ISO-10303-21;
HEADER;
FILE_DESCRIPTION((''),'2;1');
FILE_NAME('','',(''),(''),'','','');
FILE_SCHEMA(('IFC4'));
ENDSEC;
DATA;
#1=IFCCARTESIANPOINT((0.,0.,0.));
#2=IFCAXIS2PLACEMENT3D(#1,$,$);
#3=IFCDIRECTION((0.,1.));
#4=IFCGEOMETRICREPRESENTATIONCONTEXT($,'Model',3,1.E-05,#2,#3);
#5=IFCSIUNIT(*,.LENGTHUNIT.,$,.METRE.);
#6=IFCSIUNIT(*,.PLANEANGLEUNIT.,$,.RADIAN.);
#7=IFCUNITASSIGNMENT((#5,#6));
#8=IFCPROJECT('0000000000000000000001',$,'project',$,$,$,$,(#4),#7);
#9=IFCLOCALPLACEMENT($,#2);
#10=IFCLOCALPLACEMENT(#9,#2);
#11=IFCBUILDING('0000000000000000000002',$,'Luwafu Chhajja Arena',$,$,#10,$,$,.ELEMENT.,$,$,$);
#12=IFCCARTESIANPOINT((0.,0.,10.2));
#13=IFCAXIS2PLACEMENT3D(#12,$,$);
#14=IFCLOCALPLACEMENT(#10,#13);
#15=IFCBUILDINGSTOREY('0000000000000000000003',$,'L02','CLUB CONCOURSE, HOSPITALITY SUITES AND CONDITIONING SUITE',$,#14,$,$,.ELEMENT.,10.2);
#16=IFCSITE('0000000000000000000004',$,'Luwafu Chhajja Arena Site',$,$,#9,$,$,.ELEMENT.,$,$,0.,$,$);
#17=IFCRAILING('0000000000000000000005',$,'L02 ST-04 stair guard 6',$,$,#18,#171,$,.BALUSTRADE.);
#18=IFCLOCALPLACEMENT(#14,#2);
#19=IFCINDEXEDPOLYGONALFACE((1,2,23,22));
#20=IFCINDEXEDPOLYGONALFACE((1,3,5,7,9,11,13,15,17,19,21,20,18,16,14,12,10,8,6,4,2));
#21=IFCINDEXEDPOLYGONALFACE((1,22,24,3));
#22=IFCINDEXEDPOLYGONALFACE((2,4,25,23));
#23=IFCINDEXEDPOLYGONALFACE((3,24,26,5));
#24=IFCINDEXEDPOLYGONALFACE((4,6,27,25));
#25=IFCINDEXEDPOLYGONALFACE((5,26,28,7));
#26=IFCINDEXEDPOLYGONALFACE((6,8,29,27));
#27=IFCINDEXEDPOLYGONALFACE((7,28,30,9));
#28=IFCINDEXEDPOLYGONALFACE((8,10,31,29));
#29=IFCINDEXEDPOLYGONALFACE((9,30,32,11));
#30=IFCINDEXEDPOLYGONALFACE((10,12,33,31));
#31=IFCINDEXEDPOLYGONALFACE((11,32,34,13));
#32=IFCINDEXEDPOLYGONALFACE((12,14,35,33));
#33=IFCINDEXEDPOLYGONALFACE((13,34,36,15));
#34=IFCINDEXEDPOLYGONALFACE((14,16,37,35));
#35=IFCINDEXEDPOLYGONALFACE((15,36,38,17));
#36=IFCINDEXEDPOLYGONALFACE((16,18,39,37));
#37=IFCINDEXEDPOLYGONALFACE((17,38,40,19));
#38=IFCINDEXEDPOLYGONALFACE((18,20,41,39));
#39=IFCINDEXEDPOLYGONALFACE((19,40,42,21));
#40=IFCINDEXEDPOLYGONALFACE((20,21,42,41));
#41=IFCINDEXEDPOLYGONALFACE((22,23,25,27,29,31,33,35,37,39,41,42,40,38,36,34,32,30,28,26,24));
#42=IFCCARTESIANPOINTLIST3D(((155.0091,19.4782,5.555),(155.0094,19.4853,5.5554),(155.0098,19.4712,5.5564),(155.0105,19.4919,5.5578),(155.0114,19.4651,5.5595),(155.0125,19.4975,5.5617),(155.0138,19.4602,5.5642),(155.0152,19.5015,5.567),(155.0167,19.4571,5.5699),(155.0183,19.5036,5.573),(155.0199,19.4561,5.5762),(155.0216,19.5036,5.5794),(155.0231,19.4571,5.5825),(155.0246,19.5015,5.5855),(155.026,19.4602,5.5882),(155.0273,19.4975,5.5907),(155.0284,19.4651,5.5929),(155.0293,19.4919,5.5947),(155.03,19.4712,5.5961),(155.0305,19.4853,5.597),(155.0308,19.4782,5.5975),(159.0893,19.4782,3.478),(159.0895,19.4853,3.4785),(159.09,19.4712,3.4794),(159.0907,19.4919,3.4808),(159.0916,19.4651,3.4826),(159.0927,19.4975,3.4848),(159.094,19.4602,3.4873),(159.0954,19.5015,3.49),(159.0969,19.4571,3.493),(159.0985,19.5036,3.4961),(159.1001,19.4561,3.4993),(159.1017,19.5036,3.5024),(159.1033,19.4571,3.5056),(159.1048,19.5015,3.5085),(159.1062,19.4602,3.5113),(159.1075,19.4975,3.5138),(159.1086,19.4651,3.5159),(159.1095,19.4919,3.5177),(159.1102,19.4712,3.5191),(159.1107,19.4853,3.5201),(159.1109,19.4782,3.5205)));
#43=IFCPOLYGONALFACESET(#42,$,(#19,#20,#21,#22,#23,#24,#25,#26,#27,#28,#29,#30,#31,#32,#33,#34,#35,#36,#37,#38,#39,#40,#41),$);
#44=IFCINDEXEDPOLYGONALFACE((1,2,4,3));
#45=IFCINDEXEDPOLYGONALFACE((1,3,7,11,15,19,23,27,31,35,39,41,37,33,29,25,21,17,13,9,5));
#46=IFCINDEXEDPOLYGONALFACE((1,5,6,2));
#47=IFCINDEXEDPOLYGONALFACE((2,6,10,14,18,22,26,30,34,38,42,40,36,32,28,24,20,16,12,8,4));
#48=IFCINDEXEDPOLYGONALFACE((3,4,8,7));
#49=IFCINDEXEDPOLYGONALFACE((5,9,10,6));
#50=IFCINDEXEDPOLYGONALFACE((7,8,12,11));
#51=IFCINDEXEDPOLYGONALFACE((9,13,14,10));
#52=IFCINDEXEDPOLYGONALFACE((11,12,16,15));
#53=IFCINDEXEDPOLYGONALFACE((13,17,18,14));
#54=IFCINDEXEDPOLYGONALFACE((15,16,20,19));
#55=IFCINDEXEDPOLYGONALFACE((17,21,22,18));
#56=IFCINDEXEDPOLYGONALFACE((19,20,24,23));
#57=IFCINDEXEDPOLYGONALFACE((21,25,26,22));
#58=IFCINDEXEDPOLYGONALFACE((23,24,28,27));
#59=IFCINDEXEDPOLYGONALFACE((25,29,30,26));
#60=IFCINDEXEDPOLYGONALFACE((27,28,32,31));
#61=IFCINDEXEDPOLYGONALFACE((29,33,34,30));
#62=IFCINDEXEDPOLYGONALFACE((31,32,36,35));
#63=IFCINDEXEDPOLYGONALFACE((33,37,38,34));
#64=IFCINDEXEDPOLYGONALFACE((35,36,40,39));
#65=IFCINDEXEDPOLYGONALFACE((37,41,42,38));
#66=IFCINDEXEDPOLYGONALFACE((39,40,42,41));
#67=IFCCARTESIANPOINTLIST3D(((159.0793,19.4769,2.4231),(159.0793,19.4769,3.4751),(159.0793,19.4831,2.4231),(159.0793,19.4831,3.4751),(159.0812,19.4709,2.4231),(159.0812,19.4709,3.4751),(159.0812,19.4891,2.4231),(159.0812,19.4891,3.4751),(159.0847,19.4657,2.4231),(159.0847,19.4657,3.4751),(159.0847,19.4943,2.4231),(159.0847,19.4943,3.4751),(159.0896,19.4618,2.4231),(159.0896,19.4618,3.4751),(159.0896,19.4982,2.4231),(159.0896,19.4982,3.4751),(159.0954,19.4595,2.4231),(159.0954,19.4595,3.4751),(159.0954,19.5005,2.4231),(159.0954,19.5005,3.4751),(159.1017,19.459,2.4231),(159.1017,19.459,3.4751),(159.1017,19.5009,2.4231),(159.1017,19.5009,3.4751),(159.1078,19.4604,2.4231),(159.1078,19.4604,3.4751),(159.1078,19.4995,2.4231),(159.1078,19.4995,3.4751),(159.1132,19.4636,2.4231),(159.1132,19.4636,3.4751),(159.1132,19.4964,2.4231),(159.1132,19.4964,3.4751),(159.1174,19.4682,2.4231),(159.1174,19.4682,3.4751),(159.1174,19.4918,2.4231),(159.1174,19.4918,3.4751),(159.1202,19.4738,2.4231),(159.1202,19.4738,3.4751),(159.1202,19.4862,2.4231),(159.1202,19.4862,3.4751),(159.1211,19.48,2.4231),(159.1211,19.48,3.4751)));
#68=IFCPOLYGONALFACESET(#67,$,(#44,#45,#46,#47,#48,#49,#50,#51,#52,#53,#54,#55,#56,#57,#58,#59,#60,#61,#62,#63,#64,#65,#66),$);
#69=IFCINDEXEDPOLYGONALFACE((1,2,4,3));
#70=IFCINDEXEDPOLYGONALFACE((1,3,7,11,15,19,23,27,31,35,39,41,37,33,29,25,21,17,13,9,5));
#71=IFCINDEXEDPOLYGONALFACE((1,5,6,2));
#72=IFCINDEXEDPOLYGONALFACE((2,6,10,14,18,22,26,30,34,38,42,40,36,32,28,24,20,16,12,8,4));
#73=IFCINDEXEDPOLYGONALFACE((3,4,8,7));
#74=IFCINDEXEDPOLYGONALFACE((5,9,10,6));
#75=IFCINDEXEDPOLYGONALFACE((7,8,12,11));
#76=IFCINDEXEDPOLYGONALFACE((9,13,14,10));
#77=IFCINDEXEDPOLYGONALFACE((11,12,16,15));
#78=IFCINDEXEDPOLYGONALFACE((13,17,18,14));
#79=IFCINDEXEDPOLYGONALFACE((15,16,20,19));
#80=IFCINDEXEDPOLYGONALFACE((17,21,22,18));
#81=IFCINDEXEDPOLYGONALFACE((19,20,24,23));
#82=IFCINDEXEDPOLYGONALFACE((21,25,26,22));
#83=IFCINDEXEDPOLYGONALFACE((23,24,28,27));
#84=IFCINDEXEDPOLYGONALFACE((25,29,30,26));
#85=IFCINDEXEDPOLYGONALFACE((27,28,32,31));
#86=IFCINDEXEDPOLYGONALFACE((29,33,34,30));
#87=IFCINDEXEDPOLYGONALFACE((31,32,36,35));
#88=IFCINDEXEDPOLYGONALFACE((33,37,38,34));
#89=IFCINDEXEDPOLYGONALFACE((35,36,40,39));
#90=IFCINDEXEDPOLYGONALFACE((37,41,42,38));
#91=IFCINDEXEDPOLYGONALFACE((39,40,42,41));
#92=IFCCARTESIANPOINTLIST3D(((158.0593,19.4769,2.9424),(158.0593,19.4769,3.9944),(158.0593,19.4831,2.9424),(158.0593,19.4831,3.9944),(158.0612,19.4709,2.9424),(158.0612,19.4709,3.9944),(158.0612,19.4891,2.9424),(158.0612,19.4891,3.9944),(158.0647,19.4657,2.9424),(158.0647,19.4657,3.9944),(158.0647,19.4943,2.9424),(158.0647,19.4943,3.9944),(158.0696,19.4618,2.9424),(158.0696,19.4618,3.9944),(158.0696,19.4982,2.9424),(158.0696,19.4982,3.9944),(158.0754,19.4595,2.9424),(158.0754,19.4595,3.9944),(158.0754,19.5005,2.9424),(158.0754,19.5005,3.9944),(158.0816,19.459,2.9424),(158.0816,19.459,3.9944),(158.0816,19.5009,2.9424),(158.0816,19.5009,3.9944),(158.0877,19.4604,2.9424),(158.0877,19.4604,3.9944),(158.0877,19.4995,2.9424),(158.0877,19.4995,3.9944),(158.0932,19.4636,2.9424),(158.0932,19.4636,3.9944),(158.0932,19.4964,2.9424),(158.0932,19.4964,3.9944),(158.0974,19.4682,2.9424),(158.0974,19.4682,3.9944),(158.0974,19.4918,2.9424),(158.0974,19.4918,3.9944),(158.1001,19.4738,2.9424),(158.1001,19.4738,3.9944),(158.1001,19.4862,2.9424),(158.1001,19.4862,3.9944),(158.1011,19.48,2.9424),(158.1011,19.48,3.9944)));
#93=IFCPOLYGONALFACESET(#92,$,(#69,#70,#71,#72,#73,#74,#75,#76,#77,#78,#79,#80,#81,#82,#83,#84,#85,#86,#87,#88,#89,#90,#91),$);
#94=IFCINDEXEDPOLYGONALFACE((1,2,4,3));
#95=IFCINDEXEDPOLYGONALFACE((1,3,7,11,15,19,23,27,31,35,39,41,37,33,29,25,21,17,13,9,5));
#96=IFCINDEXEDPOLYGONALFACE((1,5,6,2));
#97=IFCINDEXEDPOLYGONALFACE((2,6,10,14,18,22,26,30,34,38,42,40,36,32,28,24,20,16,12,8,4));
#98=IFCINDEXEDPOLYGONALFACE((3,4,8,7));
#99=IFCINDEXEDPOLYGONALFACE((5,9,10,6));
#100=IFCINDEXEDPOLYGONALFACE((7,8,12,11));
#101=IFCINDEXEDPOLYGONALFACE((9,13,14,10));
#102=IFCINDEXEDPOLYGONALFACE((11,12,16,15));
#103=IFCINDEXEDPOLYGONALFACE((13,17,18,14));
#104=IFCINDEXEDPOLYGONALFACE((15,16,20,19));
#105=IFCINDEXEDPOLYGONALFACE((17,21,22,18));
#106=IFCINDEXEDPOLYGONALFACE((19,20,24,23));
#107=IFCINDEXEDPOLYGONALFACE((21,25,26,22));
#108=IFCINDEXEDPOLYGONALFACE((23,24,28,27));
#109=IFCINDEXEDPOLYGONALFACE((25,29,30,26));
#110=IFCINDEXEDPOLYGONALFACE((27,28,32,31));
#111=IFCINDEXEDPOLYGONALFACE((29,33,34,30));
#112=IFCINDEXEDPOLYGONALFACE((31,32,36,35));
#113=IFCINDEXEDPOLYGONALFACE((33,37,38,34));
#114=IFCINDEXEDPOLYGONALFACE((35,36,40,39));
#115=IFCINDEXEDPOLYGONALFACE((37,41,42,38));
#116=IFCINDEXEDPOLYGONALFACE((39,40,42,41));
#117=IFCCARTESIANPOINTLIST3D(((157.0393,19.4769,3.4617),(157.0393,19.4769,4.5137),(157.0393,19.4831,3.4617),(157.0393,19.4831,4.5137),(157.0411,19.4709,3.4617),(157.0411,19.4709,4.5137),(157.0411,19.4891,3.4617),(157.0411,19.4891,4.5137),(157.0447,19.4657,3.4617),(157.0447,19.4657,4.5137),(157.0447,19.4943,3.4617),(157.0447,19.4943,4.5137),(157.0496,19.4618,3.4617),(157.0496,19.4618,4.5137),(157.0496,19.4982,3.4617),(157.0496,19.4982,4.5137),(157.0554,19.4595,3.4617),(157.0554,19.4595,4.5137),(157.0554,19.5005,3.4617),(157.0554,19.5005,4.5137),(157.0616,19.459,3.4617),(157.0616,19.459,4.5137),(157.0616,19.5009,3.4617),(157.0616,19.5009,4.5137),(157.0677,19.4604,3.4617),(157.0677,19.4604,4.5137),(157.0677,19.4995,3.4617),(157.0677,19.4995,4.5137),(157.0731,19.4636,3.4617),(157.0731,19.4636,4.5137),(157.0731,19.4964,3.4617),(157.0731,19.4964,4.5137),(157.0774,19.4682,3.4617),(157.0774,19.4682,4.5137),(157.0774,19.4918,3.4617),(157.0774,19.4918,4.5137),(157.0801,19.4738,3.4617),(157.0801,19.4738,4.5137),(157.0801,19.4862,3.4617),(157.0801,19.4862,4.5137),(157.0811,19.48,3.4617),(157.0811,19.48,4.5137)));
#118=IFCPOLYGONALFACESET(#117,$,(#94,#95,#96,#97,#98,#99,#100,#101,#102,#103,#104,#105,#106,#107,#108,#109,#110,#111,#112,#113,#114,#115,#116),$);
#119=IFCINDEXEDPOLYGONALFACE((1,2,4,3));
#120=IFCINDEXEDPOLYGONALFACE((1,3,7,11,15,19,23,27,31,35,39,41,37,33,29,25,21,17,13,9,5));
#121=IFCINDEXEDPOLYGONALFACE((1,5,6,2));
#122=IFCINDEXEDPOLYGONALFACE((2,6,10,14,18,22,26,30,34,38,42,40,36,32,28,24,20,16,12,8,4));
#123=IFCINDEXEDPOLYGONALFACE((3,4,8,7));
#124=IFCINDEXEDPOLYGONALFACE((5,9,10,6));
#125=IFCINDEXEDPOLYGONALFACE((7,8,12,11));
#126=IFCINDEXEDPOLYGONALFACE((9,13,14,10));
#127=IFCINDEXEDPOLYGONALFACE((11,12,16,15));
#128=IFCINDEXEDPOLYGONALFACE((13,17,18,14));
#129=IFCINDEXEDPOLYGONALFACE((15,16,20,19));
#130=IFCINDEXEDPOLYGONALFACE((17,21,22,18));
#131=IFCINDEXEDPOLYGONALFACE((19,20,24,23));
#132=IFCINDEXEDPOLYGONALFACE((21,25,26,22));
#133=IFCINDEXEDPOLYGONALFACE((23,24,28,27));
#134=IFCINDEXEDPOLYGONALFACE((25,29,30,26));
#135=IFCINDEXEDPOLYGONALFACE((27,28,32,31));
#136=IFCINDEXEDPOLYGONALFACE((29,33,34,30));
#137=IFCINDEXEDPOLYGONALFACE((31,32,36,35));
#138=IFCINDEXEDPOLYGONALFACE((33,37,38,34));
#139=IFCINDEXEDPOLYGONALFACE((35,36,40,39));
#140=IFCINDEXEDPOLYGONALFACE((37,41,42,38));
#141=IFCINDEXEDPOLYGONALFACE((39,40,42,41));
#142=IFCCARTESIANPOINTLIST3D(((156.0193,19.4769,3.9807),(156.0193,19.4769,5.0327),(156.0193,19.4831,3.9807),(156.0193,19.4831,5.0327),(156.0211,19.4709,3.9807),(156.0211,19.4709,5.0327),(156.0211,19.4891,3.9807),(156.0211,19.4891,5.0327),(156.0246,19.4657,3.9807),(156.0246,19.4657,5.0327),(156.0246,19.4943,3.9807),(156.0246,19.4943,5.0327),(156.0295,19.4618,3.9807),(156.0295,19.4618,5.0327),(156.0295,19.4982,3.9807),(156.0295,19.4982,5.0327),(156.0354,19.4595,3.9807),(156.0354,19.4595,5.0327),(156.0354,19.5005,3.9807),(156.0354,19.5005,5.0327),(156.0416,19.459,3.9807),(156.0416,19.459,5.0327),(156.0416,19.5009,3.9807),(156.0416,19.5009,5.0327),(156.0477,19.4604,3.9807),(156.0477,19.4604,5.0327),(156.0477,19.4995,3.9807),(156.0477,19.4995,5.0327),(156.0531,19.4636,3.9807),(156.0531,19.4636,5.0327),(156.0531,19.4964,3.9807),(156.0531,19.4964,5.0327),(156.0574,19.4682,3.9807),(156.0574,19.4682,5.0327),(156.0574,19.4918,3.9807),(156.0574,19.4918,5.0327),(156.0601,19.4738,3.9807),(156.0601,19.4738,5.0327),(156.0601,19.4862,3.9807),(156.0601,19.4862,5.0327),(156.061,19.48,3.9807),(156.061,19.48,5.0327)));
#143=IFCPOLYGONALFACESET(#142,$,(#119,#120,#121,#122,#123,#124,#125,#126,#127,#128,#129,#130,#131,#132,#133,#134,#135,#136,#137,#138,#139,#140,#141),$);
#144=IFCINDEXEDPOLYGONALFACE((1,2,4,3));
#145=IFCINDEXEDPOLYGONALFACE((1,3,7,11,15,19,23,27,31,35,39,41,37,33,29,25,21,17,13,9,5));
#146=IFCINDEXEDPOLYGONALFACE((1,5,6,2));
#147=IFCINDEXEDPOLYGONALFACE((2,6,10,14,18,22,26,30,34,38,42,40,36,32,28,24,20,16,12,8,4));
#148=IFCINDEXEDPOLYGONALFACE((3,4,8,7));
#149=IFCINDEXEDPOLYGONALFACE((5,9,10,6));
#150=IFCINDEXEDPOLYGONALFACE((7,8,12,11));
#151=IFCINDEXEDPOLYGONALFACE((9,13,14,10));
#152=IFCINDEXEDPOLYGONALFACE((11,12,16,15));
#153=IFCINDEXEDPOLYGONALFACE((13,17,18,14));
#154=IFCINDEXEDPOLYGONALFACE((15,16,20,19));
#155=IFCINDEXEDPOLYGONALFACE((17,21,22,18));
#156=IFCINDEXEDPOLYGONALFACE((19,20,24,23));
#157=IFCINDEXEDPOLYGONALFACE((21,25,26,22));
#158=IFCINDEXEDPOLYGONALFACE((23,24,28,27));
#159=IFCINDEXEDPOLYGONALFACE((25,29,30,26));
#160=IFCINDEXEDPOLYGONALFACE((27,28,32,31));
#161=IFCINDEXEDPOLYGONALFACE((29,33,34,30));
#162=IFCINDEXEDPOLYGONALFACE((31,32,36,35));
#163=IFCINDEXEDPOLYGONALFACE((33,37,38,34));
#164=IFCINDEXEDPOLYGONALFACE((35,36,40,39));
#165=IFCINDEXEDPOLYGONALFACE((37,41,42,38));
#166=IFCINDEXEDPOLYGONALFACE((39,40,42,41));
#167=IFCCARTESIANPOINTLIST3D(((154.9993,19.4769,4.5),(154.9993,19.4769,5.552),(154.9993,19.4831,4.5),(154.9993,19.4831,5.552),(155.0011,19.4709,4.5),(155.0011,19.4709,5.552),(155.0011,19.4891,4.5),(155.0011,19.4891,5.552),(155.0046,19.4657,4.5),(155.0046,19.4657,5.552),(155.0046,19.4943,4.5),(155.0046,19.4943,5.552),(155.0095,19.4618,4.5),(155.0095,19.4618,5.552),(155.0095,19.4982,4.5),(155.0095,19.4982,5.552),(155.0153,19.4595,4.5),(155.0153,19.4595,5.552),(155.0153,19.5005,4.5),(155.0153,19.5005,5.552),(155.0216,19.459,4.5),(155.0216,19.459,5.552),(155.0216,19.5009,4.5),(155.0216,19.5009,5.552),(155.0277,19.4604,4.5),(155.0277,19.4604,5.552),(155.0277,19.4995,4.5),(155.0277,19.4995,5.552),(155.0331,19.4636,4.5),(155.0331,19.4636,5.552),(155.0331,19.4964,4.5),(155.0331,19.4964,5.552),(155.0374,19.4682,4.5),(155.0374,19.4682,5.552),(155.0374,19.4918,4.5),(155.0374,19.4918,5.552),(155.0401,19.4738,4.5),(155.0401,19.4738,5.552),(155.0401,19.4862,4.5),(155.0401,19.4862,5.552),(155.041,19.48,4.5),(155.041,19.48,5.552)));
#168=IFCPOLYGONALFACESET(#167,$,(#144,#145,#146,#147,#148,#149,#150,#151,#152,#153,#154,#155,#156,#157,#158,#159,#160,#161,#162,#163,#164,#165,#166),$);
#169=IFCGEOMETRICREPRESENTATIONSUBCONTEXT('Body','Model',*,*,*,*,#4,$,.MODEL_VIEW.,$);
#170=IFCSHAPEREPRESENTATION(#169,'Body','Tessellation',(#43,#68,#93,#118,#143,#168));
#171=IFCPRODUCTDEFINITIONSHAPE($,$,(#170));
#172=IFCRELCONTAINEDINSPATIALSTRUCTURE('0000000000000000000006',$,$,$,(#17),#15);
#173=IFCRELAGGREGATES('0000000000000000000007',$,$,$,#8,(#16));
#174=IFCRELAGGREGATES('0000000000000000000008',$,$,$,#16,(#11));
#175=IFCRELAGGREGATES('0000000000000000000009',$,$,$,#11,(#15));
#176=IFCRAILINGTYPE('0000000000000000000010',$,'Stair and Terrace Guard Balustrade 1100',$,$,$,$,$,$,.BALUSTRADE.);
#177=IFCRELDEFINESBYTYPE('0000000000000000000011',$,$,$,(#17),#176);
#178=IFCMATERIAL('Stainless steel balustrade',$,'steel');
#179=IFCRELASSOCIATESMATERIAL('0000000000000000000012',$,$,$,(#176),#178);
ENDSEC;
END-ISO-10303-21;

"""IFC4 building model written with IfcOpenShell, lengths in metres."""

from ifc_helpers import new_model, si_unit, direction, frame, origin, origin_2d, place, context, subcontext, project, spatial, circle, extrude, material, type_object, element, save


model = new_model("IFC4")

# Units and contexts
model_context = context("Model", 3, precision=1e-05, world=origin(), true_north=direction((0.0, 1.0)))
body_context = subcontext(model_context, "Body", "Model", "MODEL_VIEW")
ifc_project = project(units=[si_unit("LENGTHUNIT", "METRE"), si_unit("PLANEANGLEUNIT", "RADIAN")], contexts=[model_context])

# Site, building, storey
site_placement = place(None, origin())
site = spatial("IfcSite", under=ifc_project, at=site_placement, Name="Luwafu Chhajja Arena Site", CompositionType="ELEMENT", RefElevation=0.0)
building_placement = place(site_placement, origin())
building = spatial("IfcBuilding", under=site, at=building_placement, Name="Luwafu Chhajja Arena", CompositionType="ELEMENT")
storey_placement = place(building_placement, frame((0.0, 0.0, 10.2)))
storey = spatial("IfcBuildingStorey", under=building, at=storey_placement, Name="L02", Description="CLUB CONCOURSE, HOSPITALITY SUITES AND CONDITIONING SUITE", CompositionType="ELEMENT", Elevation=10.2)

# Railing
ifc_material_1 = material(Name="Stainless steel balustrade", Category="steel")
railing_type_1 = type_object("IfcRailingType", Name="Stair and Terrace Guard Balustrade 1100", PredefinedType="BALUSTRADE", material=ifc_material_1)
railing_1_placement = place(storey_placement, frame((159.1001, 19.48, 2.4231)))
element("IfcRailing", 1, at=railing_1_placement, inside=storey, type_object=railing_type_1, Name="L02 ST-04 stair guard 6", PredefinedType="BALUSTRADE", context=body_context, shape_type="SweptSolid", body=[
    extrude(circle(Radius=0.0239, at=origin_2d()), frame((0.0, 0.0, 1.0762), z_axis=(-0.891183, 0.0, 0.453644), x_axis=(0.0, -1.0, 0.0)), (0.0, 0.0, 1.0), 4.5784),
    extrude(circle(Radius=0.021, at=origin_2d()), origin(), (0.0, 0.0, 1.0), 1.052),
    extrude(circle(Radius=0.021, at=origin_2d()), frame((-1.02, 0.0, 0.5193)), (0.0, 0.0, 1.0), 1.052),
    extrude(circle(Radius=0.021, at=origin_2d()), frame((-2.04, 0.0, 1.0386)), (0.0, 0.0, 1.0), 1.052),
    extrude(circle(Radius=0.021, at=origin_2d()), frame((-3.0601, 0.0, 1.5576)), (0.0, 0.0, 1.0), 1.052),
    extrude(circle(Radius=0.021, at=origin_2d()), frame((-4.0801, 0.0, 2.0769)), (0.0, 0.0, 1.0), 1.052),
])

save(model, "model.ifc")
